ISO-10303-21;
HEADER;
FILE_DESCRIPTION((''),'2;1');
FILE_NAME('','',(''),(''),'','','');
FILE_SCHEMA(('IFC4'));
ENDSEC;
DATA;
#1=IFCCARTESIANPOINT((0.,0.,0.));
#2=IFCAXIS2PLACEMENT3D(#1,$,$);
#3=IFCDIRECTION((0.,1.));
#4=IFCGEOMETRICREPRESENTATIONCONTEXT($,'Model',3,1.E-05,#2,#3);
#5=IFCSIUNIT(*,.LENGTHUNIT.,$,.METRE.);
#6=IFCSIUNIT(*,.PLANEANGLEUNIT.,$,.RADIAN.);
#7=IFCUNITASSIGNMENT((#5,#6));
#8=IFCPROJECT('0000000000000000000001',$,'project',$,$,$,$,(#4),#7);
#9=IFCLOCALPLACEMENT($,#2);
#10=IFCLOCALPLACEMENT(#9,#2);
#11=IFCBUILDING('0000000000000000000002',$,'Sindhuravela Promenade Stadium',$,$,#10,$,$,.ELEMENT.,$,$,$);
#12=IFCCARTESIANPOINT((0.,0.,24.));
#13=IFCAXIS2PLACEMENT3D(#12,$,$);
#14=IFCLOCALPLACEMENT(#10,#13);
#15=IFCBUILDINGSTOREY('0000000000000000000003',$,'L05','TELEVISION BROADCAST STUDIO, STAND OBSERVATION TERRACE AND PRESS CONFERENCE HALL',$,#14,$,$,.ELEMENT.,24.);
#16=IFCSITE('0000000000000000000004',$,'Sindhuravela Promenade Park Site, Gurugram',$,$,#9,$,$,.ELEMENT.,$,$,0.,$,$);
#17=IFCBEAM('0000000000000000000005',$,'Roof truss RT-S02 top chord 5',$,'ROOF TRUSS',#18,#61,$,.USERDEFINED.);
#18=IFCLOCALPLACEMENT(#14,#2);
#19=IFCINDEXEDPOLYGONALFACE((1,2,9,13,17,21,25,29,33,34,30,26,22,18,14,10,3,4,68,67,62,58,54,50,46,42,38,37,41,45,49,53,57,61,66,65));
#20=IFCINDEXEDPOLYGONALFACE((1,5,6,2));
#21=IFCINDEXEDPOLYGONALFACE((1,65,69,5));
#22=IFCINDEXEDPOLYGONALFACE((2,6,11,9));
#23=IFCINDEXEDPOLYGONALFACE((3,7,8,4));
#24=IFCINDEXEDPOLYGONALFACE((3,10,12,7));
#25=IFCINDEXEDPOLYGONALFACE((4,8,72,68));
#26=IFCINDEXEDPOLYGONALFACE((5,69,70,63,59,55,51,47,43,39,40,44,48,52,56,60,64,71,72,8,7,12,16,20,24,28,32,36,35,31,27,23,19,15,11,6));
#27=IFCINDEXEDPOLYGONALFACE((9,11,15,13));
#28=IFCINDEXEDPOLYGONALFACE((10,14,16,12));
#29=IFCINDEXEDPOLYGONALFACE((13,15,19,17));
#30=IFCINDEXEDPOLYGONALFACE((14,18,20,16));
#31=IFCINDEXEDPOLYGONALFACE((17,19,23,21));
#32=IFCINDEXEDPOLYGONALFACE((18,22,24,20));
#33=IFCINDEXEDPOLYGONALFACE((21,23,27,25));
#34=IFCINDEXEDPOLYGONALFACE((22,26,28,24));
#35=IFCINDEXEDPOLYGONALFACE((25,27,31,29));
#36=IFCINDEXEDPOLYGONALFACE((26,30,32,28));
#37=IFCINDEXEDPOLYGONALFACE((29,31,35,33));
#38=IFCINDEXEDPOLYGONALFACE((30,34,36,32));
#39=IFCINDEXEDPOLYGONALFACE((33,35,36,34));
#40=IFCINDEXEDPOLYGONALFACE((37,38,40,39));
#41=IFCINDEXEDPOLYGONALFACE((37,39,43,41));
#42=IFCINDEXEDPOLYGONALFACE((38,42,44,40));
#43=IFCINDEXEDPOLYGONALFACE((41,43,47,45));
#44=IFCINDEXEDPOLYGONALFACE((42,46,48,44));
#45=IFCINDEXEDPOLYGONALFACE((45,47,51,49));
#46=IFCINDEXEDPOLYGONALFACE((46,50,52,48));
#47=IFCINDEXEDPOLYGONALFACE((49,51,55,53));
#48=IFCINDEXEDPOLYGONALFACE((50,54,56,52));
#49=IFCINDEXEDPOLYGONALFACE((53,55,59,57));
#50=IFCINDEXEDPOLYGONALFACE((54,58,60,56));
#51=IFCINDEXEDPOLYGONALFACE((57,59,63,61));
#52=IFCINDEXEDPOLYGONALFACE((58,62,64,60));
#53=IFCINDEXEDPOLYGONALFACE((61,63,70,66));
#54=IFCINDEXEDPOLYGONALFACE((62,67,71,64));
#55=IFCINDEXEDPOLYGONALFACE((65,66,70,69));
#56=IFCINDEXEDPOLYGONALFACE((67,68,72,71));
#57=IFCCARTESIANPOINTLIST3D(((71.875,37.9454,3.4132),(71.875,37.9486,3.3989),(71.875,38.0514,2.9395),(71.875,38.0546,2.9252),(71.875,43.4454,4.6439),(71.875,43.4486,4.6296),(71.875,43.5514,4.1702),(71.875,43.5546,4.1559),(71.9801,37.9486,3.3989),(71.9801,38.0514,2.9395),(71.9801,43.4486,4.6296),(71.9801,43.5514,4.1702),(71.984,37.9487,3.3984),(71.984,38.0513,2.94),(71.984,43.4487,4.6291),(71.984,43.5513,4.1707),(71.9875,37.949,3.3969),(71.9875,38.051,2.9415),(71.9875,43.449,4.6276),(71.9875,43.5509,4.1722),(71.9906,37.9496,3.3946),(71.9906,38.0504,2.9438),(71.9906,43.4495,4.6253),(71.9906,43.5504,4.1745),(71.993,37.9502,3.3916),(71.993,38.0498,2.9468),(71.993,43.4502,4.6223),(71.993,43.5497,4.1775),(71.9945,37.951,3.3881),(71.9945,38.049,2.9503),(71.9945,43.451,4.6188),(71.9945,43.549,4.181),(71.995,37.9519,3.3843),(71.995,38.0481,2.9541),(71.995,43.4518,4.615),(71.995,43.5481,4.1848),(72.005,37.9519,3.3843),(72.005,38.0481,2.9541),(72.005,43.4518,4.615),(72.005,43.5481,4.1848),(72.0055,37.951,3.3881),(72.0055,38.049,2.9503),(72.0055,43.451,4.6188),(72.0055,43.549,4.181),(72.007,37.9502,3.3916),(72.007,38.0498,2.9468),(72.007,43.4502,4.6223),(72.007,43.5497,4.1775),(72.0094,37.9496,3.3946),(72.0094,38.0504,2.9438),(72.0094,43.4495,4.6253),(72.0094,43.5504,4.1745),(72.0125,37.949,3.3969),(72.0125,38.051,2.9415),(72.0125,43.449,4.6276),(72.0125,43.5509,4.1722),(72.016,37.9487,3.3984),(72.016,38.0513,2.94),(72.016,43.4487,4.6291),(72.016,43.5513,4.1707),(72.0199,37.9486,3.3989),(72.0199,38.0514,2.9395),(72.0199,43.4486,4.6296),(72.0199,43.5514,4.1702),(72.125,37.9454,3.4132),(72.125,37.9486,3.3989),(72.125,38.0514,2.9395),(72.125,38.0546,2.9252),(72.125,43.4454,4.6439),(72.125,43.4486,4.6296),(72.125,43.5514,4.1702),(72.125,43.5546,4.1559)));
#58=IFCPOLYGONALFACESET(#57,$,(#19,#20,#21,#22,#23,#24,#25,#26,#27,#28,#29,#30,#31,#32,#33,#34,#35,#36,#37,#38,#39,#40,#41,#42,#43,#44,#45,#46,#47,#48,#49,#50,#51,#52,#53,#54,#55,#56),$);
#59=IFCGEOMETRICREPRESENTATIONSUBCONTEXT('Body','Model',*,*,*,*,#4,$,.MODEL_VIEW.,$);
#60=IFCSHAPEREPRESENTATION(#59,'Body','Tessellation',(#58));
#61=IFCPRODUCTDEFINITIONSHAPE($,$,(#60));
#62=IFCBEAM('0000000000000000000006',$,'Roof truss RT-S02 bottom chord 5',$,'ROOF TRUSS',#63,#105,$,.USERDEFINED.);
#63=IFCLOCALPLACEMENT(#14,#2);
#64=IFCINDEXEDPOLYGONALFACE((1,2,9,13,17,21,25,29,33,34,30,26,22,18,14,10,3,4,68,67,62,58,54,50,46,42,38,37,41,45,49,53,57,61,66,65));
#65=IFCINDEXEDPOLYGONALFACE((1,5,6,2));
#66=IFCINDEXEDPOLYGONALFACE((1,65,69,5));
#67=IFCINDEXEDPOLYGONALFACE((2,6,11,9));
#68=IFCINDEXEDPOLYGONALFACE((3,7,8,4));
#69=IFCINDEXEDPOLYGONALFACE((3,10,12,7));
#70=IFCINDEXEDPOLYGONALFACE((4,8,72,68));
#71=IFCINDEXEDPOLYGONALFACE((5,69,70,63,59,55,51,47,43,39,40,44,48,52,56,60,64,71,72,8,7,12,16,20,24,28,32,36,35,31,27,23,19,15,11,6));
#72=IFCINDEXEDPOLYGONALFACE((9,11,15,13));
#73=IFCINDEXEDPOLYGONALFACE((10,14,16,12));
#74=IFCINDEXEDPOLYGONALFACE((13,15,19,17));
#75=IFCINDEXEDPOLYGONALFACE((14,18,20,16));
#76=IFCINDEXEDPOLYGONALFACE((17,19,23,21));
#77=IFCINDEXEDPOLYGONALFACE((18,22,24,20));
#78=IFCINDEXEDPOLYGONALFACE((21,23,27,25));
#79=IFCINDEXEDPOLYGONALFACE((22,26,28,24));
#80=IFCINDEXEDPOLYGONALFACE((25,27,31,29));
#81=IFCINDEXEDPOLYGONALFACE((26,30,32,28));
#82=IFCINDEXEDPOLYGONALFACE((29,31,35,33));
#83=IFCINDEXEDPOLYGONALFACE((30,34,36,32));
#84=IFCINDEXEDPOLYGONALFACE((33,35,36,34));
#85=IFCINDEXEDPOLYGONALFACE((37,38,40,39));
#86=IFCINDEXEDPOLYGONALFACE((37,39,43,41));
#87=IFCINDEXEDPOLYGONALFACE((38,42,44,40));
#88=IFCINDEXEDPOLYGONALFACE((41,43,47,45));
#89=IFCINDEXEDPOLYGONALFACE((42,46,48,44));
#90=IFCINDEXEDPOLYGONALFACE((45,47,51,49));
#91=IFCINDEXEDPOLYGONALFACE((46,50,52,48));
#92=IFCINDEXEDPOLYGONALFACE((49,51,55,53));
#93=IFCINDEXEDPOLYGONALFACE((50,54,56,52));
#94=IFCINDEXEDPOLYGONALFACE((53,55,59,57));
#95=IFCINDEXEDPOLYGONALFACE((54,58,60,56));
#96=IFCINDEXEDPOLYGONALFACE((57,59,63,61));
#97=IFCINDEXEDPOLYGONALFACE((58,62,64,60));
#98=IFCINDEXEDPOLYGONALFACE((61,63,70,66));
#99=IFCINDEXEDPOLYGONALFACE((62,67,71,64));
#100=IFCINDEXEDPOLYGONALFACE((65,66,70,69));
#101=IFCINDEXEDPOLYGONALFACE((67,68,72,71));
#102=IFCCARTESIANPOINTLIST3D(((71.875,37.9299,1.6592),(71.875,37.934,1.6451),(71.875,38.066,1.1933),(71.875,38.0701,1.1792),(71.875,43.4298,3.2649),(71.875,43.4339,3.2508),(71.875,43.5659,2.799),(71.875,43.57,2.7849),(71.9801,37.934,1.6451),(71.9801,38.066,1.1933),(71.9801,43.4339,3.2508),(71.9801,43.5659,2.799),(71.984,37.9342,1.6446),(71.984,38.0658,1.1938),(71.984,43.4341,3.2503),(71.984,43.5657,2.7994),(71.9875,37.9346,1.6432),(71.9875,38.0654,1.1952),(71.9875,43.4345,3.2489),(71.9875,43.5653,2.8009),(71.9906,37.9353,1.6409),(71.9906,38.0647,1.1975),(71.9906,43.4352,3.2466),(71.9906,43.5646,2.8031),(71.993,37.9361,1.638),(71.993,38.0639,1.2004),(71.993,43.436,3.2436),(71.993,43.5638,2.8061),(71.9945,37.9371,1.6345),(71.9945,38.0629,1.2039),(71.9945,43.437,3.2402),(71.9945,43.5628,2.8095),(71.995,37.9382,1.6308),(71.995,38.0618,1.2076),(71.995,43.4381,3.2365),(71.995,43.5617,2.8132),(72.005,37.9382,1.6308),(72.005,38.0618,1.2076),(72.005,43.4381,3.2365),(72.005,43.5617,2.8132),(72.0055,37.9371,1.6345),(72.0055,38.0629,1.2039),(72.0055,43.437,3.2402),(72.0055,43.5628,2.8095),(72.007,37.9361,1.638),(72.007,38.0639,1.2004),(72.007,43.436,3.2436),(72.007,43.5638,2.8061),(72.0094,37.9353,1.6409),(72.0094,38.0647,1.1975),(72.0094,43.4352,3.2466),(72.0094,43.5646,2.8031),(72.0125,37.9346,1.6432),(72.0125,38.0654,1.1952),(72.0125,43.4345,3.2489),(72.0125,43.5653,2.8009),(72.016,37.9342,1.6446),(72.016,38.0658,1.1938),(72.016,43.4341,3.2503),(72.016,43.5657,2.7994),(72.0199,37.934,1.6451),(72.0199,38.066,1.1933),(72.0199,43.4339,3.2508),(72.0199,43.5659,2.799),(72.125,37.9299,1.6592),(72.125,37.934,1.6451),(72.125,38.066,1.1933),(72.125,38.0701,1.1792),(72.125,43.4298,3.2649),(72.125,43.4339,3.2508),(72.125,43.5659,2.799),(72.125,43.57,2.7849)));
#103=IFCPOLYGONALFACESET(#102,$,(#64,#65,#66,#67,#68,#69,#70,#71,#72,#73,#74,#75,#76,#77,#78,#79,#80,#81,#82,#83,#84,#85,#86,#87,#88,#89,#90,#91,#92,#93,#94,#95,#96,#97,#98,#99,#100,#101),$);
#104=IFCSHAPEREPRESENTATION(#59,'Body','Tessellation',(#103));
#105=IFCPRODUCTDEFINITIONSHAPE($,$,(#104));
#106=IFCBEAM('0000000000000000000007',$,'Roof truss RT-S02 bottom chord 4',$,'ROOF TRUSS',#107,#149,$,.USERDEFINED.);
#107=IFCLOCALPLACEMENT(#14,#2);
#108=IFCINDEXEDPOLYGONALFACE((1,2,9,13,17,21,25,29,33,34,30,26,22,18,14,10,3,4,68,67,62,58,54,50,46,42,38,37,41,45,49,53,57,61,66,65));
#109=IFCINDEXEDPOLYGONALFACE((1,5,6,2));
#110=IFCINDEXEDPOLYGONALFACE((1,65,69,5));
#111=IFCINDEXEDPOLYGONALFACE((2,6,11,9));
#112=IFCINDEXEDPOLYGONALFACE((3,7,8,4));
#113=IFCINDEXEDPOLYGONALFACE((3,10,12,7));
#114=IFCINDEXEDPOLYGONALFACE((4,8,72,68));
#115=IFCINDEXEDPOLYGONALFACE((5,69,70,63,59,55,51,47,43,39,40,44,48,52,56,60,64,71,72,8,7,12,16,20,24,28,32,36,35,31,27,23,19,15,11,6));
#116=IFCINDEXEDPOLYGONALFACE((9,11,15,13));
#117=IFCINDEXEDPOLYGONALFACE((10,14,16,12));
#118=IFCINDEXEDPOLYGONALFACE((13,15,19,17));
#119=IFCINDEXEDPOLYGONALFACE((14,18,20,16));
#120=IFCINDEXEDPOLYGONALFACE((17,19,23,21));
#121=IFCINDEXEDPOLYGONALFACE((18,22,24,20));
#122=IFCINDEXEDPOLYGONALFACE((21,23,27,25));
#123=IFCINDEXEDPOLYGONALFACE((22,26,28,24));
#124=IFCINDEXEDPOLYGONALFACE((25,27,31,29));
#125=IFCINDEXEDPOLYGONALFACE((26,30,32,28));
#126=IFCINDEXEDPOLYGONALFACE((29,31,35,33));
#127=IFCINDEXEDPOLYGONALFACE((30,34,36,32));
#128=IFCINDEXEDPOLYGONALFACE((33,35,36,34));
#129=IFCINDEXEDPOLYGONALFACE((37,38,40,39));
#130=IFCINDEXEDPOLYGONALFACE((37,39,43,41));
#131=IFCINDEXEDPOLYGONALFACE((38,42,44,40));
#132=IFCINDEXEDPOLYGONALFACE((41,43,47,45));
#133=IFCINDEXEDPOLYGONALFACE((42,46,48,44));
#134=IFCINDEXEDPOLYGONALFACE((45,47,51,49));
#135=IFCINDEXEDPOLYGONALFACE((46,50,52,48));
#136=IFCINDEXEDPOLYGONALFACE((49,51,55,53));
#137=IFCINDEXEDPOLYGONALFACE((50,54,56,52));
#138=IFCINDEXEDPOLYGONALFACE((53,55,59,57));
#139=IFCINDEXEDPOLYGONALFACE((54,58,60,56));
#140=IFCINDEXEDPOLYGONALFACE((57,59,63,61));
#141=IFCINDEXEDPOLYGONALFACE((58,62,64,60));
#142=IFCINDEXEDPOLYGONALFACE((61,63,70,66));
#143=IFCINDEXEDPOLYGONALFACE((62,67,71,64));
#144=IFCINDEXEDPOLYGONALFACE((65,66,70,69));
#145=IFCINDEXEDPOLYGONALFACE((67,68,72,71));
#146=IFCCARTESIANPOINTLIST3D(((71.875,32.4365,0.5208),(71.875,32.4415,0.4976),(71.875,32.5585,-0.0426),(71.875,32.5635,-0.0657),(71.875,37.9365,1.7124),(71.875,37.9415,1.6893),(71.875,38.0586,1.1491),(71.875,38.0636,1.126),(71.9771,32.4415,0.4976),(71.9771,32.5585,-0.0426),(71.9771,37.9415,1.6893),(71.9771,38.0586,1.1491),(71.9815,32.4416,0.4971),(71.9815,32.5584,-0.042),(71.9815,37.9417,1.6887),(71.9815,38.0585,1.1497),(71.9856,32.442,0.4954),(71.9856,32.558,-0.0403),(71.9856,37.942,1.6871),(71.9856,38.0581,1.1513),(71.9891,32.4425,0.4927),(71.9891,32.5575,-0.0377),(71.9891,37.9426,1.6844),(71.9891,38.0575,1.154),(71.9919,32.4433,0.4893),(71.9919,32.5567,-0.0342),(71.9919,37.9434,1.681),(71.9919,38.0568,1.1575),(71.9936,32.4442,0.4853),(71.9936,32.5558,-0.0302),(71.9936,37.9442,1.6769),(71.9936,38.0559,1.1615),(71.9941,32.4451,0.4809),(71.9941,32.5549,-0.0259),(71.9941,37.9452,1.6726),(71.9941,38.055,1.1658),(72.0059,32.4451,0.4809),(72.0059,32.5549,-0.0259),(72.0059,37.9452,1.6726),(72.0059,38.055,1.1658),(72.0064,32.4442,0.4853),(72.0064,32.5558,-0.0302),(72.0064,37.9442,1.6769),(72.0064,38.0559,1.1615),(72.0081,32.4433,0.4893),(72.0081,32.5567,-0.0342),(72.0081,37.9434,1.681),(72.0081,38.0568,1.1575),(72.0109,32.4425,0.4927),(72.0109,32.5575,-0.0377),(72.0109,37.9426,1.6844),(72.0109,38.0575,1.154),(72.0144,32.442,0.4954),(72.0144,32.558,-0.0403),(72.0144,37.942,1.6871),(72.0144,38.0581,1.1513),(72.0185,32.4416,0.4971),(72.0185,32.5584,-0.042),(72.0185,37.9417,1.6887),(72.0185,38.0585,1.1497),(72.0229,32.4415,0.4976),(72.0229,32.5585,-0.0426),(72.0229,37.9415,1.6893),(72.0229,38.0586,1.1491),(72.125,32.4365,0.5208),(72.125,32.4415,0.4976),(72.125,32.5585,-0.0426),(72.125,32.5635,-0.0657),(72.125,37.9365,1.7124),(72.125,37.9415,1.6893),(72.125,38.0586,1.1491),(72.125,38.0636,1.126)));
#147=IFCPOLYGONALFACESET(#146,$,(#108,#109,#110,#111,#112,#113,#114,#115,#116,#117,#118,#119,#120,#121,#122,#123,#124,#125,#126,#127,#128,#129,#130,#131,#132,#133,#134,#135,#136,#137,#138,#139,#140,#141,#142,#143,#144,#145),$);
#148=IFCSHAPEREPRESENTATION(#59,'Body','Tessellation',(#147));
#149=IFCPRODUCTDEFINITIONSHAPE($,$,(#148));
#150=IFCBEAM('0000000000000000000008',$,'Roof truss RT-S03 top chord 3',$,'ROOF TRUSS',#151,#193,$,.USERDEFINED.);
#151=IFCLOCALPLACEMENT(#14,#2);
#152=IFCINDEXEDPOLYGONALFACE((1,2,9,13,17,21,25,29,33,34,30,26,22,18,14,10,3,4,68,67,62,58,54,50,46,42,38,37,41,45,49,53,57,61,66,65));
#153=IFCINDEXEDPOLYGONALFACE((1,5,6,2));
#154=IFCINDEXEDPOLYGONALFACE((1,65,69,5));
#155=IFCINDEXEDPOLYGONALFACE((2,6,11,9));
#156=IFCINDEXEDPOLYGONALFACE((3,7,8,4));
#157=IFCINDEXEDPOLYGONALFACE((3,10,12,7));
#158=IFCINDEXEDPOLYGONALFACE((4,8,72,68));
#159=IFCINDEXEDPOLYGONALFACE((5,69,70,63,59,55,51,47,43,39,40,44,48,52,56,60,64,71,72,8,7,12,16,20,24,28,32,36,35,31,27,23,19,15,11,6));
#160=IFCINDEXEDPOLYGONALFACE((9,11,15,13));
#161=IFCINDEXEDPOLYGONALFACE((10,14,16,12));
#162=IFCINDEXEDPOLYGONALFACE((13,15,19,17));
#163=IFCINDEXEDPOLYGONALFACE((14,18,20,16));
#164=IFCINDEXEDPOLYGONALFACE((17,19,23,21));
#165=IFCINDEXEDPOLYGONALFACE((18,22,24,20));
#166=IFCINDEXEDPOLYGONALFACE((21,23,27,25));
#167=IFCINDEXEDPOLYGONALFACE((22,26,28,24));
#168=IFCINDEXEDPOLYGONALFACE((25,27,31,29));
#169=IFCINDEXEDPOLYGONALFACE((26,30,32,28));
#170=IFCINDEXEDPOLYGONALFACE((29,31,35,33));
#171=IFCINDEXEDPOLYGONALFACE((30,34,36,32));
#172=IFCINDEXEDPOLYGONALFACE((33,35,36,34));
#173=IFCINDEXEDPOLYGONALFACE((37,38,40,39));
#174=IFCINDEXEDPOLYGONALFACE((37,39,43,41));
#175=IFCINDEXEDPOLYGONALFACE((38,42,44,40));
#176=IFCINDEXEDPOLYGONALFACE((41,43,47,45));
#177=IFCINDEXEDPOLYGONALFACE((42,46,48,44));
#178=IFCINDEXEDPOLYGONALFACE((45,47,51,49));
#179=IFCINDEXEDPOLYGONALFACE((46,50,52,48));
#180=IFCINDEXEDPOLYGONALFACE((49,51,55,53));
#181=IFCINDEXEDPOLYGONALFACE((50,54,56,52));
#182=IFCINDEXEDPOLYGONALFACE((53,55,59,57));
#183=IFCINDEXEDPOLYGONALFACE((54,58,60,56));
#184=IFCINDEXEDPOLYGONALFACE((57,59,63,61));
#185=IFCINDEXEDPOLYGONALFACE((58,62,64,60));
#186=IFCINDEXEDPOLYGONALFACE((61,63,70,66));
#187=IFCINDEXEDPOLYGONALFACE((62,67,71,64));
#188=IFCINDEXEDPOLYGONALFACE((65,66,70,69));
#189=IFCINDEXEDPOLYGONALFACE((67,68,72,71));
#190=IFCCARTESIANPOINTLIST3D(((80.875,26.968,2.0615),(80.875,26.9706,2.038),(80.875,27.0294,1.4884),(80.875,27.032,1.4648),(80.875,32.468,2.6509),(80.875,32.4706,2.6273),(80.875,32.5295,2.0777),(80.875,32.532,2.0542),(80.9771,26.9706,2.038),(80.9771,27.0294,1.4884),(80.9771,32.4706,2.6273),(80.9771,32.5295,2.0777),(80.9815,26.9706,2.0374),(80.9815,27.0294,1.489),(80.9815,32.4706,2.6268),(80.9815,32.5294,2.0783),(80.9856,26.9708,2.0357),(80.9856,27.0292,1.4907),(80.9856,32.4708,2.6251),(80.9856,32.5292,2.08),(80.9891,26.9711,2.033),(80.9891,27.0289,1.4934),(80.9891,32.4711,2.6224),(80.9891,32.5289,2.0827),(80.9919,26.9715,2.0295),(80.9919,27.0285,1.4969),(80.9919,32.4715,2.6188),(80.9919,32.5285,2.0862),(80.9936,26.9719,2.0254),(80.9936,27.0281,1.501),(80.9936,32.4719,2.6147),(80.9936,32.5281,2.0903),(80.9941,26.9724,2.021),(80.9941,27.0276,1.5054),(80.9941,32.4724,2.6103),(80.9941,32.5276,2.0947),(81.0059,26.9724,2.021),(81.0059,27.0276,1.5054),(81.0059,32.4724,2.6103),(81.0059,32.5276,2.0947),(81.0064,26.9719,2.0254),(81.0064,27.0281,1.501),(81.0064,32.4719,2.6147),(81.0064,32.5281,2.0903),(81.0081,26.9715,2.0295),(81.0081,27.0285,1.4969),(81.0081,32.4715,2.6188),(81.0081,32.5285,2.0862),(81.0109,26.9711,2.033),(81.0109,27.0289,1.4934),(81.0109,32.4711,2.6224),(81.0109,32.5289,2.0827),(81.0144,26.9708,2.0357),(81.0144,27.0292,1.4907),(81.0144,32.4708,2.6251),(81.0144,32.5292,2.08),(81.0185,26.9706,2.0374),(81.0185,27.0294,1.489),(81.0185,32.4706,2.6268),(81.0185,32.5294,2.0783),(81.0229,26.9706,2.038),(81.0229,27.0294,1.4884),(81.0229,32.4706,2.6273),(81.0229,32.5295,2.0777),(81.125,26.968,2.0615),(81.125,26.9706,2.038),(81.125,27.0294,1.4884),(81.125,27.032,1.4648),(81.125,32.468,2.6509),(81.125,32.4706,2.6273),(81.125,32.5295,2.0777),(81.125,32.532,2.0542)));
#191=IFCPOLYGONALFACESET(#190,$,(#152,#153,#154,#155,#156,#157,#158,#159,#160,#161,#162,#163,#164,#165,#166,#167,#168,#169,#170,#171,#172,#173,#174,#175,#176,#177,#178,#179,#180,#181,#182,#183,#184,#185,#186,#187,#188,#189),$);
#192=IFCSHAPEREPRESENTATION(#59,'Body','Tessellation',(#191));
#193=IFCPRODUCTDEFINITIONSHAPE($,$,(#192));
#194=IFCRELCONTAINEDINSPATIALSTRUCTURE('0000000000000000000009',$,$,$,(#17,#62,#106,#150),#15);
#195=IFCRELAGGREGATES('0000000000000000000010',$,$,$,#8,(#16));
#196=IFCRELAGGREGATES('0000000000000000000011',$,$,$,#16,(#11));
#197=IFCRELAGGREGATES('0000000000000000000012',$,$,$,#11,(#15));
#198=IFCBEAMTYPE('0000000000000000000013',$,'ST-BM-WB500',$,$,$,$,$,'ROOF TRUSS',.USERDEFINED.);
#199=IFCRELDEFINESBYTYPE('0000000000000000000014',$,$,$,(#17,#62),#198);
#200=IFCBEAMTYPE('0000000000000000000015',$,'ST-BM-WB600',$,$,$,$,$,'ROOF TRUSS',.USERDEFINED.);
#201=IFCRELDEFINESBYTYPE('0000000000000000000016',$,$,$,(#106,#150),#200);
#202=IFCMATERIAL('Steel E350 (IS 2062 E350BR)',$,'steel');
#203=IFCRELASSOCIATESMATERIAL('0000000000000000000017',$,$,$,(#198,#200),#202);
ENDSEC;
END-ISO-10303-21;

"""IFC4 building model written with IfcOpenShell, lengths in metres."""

from ifc_helpers import new_model, si_unit, direction, frame, origin, origin_2d, place, context, subcontext, project, spatial, i_section, extrude, material, material_profile, profile_set, type_object, element, save


model = new_model("IFC4")

# Units and contexts
model_context = context("Model", 3, precision=1e-05, world=origin(), true_north=direction((0.0, 1.0)))
body_context = subcontext(model_context, "Body", "Model", "MODEL_VIEW")
ifc_project = project(units=[si_unit("LENGTHUNIT", "METRE"), si_unit("PLANEANGLEUNIT", "RADIAN")], contexts=[model_context])

# Site, building, storey
site_placement = place(None, origin())
site = spatial("IfcSite", under=ifc_project, at=site_placement, Name="Sindhuravela Promenade Park Site, Gurugram", CompositionType="ELEMENT", RefElevation=0.0)
building_placement = place(site_placement, origin())
building = spatial("IfcBuilding", under=site, at=building_placement, Name="Sindhuravela Promenade Stadium", CompositionType="ELEMENT")
storey_placement = place(building_placement, frame((0.0, 0.0, 24.0)))
storey = spatial("IfcBuildingStorey", under=building, at=storey_placement, Name="L05", Description="TELEVISION BROADCAST STUDIO, STAND OBSERVATION TERRACE AND PRESS CONFERENCE HALL", CompositionType="ELEMENT", Elevation=24.0)

# Beams
ifc_material_1 = material(Name="Steel E350 (IS 2062 E350BR)", Category="steel")
ifc_material_profile_1 = material_profile(ifc_material_1, i_section(OverallWidth=0.25, OverallDepth=0.5, WebThickness=0.01, FlangeThickness=0.0146, FilletRadius=0.0149, at=origin_2d()), Name="ISWB 500")
ifc_profile_set_1 = profile_set([ifc_material_profile_1], Name="Steel E350 (IS 2062 E350BR)")
beam_type_1 = type_object("IfcBeamType", Name="ST-BM-WB500", ElementType="ROOF TRUSS", PredefinedType="USERDEFINED", material=ifc_profile_set_1)
beam_1_placement = place(storey_placement, frame((72.0, 38.0, 3.1692), z_axis=(0.0, 0.975867, 0.218366), x_axis=(-1.0, 0.0, 0.0)))
element("IfcBeam", 1, at=beam_1_placement, inside=storey, type_object=beam_type_1, Name="Roof truss RT-S02 top chord 5", ObjectType="ROOF TRUSS", PredefinedType="USERDEFINED", context=body_context, shape_type="SweptSolid", body=[
    extrude(i_section(OverallWidth=0.25, OverallDepth=0.5, WebThickness=0.01, FlangeThickness=0.0146, FilletRadius=0.0149, at=origin_2d()), origin(), (0.0, 0.0, 1.0), 5.636),
])
beam_2_placement = place(storey_placement, frame((72.0, 38.0, 1.4192), z_axis=(0.0, 0.959927, 0.280249), x_axis=(-1.0, 0.0, 0.0)))
element("IfcBeam", 2, at=beam_2_placement, inside=storey, type_object=beam_type_1, Name="Roof truss RT-S02 bottom chord 5", ObjectType="ROOF TRUSS", PredefinedType="USERDEFINED", context=body_context, shape_type="SweptSolid", body=[
    extrude(i_section(OverallWidth=0.25, OverallDepth=0.5, WebThickness=0.01, FlangeThickness=0.0146, FilletRadius=0.0149, at=origin_2d()), origin(), (0.0, 0.0, 1.0), 5.7295),
])
ifc_material_profile_2 = material_profile(ifc_material_1, i_section(OverallWidth=0.25, OverallDepth=0.6001, WebThickness=0.0117, FlangeThickness=0.0237, FilletRadius=0.0171, at=origin_2d()), Name="ISWB 600")
ifc_profile_set_2 = profile_set([ifc_material_profile_2], Name="Steel E350 (IS 2062 E350BR)")
beam_type_2 = type_object("IfcBeamType", Name="ST-BM-WB600", ElementType="ROOF TRUSS", PredefinedType="USERDEFINED", material=ifc_profile_set_2)
beam_3_placement = place(storey_placement, frame((72.0, 32.5, 0.2275), z_axis=(0.0, 0.977324, 0.211751), x_axis=(-1.0, 0.0, 0.0)))
element("IfcBeam", 3, at=beam_3_placement, inside=storey, type_object=beam_type_2, Name="Roof truss RT-S02 bottom chord 4", ObjectType="ROOF TRUSS", PredefinedType="USERDEFINED", context=body_context, shape_type="SweptSolid", body=[
    extrude(i_section(OverallWidth=0.25, OverallDepth=0.6001, WebThickness=0.0117, FlangeThickness=0.0237, FilletRadius=0.0171, at=origin_2d()), origin(), (0.0, 0.0, 1.0), 5.6277),
])
beam_4_placement = place(storey_placement, frame((81.0, 27.0, 1.7632), z_axis=(0.0, 0.994308, 0.106546), x_axis=(-1.0, 0.0, 0.0)))
element("IfcBeam", 4, at=beam_4_placement, inside=storey, type_object=beam_type_2, Name="Roof truss RT-S03 top chord 3", ObjectType="ROOF TRUSS", PredefinedType="USERDEFINED", context=body_context, shape_type="SweptSolid", body=[
    extrude(i_section(OverallWidth=0.25, OverallDepth=0.6001, WebThickness=0.0117, FlangeThickness=0.0237, FilletRadius=0.0171, at=origin_2d()), origin(), (0.0, 0.0, 1.0), 5.5315),
])

save(model, "model.ifc")
